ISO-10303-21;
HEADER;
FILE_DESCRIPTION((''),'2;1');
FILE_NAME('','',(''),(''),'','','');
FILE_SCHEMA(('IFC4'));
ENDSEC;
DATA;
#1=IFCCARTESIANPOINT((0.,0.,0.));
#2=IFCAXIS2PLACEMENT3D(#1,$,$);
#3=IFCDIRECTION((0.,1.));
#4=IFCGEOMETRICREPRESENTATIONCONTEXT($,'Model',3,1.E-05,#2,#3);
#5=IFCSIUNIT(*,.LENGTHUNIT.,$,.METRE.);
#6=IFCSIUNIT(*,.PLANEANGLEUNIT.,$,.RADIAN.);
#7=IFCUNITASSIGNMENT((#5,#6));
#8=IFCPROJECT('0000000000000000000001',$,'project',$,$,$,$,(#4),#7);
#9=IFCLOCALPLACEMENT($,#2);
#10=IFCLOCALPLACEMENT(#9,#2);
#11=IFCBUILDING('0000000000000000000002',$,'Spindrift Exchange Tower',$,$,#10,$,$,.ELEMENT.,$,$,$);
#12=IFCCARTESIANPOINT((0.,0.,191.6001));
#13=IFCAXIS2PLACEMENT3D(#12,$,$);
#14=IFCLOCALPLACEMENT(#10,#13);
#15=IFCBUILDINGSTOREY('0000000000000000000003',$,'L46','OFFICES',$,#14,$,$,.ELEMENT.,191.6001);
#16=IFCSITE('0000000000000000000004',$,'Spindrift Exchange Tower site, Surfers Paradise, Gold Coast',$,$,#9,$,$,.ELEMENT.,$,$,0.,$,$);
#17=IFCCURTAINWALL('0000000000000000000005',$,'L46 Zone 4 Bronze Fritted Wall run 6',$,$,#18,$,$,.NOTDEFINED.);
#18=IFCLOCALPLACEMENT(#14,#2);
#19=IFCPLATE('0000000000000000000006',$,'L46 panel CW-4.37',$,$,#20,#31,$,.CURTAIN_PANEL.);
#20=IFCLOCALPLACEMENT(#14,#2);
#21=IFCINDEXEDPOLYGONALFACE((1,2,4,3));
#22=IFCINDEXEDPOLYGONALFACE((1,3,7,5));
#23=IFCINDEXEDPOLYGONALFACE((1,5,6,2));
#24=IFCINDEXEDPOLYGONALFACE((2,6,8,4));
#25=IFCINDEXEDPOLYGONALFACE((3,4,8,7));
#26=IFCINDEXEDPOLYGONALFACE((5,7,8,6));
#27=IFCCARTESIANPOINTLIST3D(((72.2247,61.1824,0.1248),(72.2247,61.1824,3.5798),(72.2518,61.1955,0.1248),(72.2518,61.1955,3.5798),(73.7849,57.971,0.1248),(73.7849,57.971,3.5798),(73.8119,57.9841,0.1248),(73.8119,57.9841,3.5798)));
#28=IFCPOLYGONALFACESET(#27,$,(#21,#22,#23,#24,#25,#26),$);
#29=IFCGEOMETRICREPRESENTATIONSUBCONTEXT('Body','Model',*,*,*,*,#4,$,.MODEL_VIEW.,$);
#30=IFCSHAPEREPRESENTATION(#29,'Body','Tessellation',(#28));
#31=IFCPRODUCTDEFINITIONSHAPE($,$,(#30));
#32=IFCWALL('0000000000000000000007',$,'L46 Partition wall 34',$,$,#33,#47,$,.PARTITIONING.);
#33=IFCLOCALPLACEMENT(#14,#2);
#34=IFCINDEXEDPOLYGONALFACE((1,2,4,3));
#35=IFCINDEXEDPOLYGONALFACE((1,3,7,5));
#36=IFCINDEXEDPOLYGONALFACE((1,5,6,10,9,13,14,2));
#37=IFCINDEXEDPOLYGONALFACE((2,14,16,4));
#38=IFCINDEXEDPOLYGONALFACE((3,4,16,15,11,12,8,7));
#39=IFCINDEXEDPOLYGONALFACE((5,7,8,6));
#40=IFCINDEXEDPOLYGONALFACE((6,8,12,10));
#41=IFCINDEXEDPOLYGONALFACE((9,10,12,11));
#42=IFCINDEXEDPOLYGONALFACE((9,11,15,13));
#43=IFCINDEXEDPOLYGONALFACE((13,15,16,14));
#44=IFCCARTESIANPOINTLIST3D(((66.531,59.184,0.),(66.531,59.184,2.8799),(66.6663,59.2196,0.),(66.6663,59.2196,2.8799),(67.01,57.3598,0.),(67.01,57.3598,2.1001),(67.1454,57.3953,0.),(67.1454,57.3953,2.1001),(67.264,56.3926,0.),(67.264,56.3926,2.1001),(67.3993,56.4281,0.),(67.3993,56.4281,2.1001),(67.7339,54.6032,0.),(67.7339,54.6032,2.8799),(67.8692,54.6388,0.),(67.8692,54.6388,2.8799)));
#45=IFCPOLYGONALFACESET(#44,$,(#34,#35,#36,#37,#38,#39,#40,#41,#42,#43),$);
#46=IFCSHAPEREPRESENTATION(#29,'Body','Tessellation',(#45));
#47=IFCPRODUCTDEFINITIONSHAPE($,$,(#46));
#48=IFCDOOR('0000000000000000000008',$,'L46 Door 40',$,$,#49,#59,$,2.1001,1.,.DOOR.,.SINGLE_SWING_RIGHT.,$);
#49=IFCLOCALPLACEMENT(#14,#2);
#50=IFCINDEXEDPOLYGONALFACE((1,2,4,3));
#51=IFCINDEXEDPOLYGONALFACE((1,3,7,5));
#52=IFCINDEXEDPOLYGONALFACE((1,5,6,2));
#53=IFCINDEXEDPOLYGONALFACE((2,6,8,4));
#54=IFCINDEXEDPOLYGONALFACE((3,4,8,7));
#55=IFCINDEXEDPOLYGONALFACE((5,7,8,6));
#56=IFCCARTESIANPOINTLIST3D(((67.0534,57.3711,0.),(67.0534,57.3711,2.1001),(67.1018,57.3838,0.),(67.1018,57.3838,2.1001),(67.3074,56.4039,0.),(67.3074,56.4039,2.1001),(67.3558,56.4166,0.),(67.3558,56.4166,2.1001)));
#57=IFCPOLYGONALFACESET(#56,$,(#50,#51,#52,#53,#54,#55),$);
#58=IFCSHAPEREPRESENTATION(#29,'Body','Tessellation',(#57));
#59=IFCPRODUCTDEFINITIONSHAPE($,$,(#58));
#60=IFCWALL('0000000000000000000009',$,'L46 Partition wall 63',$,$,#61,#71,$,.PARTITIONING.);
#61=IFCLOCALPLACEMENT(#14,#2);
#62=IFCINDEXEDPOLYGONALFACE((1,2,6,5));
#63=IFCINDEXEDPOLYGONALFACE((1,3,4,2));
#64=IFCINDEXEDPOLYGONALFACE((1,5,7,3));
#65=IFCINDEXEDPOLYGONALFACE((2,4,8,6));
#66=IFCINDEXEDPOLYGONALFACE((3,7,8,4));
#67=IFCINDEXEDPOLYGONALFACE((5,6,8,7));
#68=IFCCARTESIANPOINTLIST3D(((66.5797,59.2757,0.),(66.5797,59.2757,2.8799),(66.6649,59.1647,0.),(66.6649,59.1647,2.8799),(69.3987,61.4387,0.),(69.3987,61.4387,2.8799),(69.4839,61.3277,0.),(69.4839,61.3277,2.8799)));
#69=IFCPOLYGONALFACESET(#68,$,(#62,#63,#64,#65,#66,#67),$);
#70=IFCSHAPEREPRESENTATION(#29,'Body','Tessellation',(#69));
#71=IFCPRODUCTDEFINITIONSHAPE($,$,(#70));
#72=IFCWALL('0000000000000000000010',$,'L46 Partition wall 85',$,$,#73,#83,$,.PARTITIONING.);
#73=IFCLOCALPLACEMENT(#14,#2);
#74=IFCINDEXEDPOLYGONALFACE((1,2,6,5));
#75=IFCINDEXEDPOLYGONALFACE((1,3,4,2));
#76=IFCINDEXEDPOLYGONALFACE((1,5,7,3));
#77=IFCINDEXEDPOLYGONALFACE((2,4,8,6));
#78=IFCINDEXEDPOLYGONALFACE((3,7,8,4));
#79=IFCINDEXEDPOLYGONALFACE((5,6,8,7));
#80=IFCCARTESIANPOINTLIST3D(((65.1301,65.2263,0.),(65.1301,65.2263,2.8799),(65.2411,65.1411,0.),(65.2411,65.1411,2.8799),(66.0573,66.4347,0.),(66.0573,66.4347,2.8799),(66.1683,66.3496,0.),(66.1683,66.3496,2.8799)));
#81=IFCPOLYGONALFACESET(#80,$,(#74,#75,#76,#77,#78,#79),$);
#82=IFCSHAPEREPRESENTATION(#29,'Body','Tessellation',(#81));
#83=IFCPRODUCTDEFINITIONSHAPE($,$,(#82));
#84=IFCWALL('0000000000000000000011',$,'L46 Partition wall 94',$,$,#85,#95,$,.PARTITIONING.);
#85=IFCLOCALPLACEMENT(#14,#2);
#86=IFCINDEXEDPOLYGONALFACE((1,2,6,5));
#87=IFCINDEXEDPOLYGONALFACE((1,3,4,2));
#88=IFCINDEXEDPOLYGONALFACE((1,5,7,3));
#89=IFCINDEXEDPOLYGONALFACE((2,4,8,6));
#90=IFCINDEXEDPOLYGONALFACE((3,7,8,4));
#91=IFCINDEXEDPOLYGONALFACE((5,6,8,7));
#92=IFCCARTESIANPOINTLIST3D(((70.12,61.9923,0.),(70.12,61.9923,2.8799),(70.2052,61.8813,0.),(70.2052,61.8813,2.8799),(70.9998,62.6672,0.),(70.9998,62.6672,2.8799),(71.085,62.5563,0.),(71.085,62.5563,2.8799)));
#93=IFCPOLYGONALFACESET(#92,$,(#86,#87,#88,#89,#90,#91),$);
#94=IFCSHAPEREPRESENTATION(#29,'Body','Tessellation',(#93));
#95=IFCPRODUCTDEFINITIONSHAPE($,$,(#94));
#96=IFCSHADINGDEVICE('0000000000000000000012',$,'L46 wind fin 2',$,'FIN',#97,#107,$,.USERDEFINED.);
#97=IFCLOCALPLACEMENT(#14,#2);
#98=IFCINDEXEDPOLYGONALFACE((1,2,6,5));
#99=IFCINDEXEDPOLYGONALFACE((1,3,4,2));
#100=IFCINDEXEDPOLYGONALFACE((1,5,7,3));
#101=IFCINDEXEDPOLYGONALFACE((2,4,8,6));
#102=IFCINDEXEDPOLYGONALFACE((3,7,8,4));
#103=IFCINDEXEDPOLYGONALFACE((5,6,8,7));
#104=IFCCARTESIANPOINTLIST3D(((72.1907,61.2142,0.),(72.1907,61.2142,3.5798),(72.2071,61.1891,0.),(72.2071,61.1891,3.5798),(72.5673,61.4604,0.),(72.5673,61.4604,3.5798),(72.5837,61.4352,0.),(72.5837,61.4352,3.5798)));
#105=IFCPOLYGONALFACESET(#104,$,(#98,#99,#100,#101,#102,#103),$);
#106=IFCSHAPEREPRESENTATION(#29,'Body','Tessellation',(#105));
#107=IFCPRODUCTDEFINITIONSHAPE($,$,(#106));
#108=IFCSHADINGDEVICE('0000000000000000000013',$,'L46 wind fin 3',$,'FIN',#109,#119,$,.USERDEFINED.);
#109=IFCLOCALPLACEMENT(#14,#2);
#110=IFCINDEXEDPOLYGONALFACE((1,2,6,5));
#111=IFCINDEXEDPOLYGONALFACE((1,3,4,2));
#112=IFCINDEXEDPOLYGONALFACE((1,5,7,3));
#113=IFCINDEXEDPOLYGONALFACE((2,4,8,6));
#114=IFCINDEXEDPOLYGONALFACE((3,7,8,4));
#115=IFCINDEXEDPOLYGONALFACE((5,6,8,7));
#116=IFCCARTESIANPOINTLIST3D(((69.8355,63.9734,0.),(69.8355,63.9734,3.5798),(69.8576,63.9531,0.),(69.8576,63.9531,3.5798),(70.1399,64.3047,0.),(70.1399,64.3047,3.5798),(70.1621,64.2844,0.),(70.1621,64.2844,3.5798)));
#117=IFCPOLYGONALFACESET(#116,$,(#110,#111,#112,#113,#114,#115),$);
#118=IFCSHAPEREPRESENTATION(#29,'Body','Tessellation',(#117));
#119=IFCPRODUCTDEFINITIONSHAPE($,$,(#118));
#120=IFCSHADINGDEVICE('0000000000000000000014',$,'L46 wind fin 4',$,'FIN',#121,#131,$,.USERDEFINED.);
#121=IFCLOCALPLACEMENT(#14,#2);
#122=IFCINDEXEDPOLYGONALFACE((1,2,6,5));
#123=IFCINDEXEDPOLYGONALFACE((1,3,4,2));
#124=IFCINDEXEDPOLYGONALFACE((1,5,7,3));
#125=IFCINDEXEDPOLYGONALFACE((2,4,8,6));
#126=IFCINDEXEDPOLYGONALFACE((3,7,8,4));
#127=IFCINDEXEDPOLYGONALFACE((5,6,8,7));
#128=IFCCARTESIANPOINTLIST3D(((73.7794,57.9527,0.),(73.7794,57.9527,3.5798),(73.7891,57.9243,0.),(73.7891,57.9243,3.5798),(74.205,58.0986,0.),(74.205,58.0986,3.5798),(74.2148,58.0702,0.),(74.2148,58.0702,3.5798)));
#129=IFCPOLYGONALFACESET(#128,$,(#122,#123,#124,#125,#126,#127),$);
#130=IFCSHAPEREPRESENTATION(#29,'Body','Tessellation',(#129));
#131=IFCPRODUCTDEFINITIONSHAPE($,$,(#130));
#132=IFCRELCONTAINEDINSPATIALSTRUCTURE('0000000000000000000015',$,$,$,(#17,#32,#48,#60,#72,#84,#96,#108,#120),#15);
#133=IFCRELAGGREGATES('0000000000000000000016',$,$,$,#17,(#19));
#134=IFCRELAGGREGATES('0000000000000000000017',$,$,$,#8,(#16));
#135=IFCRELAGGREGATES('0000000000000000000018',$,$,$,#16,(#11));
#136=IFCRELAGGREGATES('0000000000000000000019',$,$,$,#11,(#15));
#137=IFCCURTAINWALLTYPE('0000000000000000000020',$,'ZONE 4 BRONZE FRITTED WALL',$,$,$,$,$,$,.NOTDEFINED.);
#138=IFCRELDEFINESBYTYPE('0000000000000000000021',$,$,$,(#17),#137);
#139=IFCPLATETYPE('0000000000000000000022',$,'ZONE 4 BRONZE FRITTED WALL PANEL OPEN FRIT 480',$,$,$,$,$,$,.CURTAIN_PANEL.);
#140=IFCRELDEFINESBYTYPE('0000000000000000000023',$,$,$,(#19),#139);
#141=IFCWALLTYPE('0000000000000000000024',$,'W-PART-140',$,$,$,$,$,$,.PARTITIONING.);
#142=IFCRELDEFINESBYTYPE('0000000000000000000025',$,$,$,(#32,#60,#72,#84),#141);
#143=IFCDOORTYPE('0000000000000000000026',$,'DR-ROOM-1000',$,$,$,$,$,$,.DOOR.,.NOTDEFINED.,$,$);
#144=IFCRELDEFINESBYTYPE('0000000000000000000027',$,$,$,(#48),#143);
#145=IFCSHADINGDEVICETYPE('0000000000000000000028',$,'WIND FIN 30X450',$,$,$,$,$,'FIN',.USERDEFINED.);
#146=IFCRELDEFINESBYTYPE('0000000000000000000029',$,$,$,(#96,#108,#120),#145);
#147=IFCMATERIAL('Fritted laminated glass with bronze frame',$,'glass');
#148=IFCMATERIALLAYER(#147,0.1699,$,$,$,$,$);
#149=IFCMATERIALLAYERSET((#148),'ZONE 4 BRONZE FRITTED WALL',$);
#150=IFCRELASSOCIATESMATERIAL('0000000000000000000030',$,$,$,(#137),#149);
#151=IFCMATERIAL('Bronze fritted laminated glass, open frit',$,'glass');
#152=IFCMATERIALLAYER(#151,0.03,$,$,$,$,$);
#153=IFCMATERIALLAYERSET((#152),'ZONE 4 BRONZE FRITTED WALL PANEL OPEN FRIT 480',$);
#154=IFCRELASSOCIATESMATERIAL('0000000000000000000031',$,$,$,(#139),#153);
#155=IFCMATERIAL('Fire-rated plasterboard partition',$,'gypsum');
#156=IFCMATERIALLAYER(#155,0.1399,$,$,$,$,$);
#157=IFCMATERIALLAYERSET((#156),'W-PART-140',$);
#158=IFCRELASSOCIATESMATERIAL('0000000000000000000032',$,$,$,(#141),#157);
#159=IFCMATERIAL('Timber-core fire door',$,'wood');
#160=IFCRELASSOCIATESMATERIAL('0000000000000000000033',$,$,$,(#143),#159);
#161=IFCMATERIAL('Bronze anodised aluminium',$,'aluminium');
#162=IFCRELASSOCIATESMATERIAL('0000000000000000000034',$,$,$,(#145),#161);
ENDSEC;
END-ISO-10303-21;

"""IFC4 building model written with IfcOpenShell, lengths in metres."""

from ifc_helpers import new_model, si_unit, direction, frame, frame_2d, origin, origin_2d, place, context, subcontext, project, spatial, rectangle, extrude, source, transform, mapped, material, layer, layer_set, material_profile, profile_set, type_object, element, fill, aggregate, save


model = new_model("IFC4")

# Units and contexts
model_context = context("Model", 3, precision=1e-05, world=origin(), true_north=direction((0.0, 1.0)))
body_context = subcontext(model_context, "Body", "Model", "MODEL_VIEW")
ifc_project = project(units=[si_unit("LENGTHUNIT", "METRE"), si_unit("PLANEANGLEUNIT", "RADIAN")], contexts=[model_context])

# Site, building, storey
site_placement = place(None, origin())
site = spatial("IfcSite", under=ifc_project, at=site_placement, Name="Spindrift Exchange Tower site, Surfers Paradise, Gold Coast", CompositionType="ELEMENT", RefElevation=0.0)
building_placement = place(site_placement, origin())
building = spatial("IfcBuilding", under=site, at=building_placement, Name="Spindrift Exchange Tower", CompositionType="ELEMENT")
storey_placement = place(building_placement, frame((0.0, 0.0, 191.6001)))
storey = spatial("IfcBuildingStorey", under=building, at=storey_placement, Name="L46", Description="OFFICES", CompositionType="ELEMENT", Elevation=191.6001)

# Shared definitions
ifc_material_1 = material(Name="Fritted laminated glass with bronze frame", Category="glass")
ifc_layer_1 = layer(ifc_material_1, 0.1699)
ifc_layer_set_1 = layer_set([ifc_layer_1], Name="ZONE 4 BRONZE FRITTED WALL")
curtain_wall_type = type_object("IfcCurtainWallType", Name="ZONE 4 BRONZE FRITTED WALL", PredefinedType="NOTDEFINED", material=ifc_layer_set_1)
ifc_material_2 = material(Name="Bronze anodised aluminium", Category="aluminium")
ifc_material_3 = material(Name="Bronze fritted laminated glass, open frit", Category="glass")
ifc_layer_2 = layer(ifc_material_3, 0.03)
ifc_layer_set_2 = layer_set([ifc_layer_2], Name="ZONE 4 BRONZE FRITTED WALL PANEL OPEN FRIT 480")
plate_type_1 = type_object("IfcPlateType", Name="ZONE 4 BRONZE FRITTED WALL PANEL OPEN FRIT 480", PredefinedType="CURTAIN_PANEL", material=ifc_layer_set_2)

# Curtain wall, plate
curtain_wall_1_placement = place(storey_placement, origin())
curtain_wall_1 = element("IfcCurtainWall", 1, at=curtain_wall_1_placement, inside=storey, type_object=curtain_wall_type, Name="L46 Zone 4 Bronze Fritted Wall run 6", PredefinedType="NOTDEFINED")
shared_shape_1 = source(origin(), body_context, "Body", "SweptSolid", [
    extrude(rectangle(XDim=3.5703, YDim=0.03, at=origin_2d()), origin(), (0.0, 0.0, 1.0), 3.4551),
])
plate_1_placement = place(storey_placement, frame((73.0183, 59.5833, 0.1248), z_axis=(0.0, 0.0, 1.0), x_axis=(-0.436973, 0.899475, 0.0)))
plate_1 = element("IfcPlate", 2, at=plate_1_placement, type_object=plate_type_1, Name="L46 panel CW-4.37", PredefinedType="CURTAIN_PANEL", context=body_context, shape_type="MappedRepresentation", body=[
    mapped(shared_shape_1, transform((0.0, 0.0, 0.0), scale=1.0)),
])
aggregate(curtain_wall_1, [plate_1])

# Wall, opening, door
ifc_material_4 = material(Name="Fire-rated plasterboard partition", Category="gypsum")
ifc_layer_3 = layer(ifc_material_4, 0.1399)
ifc_layer_set_3 = layer_set([ifc_layer_3], Name="W-PART-140")
wall_type = type_object("IfcWallType", Name="W-PART-140", PredefinedType="PARTITIONING", material=ifc_layer_set_3)
wall_1_placement = place(storey_placement, frame((66.5986, 59.2019, 0.0), z_axis=(0.0, 0.0, 1.0), x_axis=(0.253981, -0.967209, 0.0)))
wall_1 = element("IfcWall", 3, at=wall_1_placement, inside=storey, type_object=wall_type, Name="L46 Partition wall 34", PredefinedType="PARTITIONING", context=body_context, shape_type="SweptSolid", body=[
    extrude(rectangle(XDim=4.7361, YDim=0.1399, at=frame_2d((2.3682, 0.0))), origin(), (0.0, 0.0, 1.0), 2.8799),
])
opening_placement = place(wall_1_placement, frame((1.8862, 0.0, 0.0)))
opening = element("IfcOpeningElement", 4, at=opening_placement, cuts=wall_1, PredefinedType="OPENING", context=body_context, shape_type="SweptSolid", body=[
    extrude(rectangle(XDim=1.0, YDim=2.1001, at=frame_2d((0.5, 1.05))), frame((0.0, 0.0798, 0.0), z_axis=(0.0, -1.0, 0.0), x_axis=(1.0, 0.0, 0.0)), (0.0, 0.0, 1.0), 0.1599),
])
ifc_material_5 = material(Name="Timber-core fire door", Category="wood")
door_type = type_object("IfcDoorType", Name="DR-ROOM-1000", OperationType="NOTDEFINED", PredefinedType="DOOR", material=ifc_material_5)
shared_shape_2 = source(origin(), body_context, "Body", "SweptSolid", [
    extrude(rectangle(XDim=1.0, YDim=2.1001, at=frame_2d((0.5, 1.05))), frame((0.0, 0.0249, 0.0), z_axis=(0.0, -1.0, 0.0), x_axis=(1.0, 0.0, 0.0)), (0.0, 0.0, 1.0), 0.05),
])
door_placement = place(opening_placement, origin())
door = element("IfcDoor", 5, at=door_placement, inside=storey, type_object=door_type, Name="L46 Door 40", OperationType="SINGLE_SWING_RIGHT", OverallHeight=2.1001, OverallWidth=1.0, PredefinedType="DOOR", context=body_context, shape_type="MappedRepresentation", body=[
    mapped(shared_shape_2, transform((0.0, 0.0, 0.0), scale=1.0)),
])
fill(opening, door)

# Walls
wall_2_placement = place(storey_placement, frame((66.6223, 59.2202, 0.0), z_axis=(0.0, 0.0, 1.0), x_axis=(0.793364, 0.608747, 0.0)))
element("IfcWall", 6, at=wall_2_placement, inside=storey, type_object=wall_type, Name="L46 Partition wall 63", PredefinedType="PARTITIONING", context=body_context, shape_type="SweptSolid", body=[
    extrude(rectangle(XDim=3.5532, YDim=0.1399, at=frame_2d((1.7766, 0.0))), origin(), (0.0, 0.0, 1.0), 2.8799),
])
wall_3_placement = place(storey_placement, frame((65.1855, 65.1836, 0.0), z_axis=(0.0, 0.0, 1.0), x_axis=(0.608734, 0.793374, 0.0)))
element("IfcWall", 7, at=wall_3_placement, inside=storey, type_object=wall_type, Name="L46 Partition wall 85", PredefinedType="PARTITIONING", context=body_context, shape_type="SweptSolid", body=[
    extrude(rectangle(XDim=1.5232, YDim=0.1399, at=frame_2d((0.7617, 0.0))), origin(), (0.0, 0.0, 1.0), 2.8799),
])
wall_4_placement = place(storey_placement, frame((70.1626, 61.9368, 0.0), z_axis=(0.0, 0.0, 1.0), x_axis=(0.793401, 0.6087, 0.0)))
element("IfcWall", 8, at=wall_4_placement, inside=storey, type_object=wall_type, Name="L46 Partition wall 94", PredefinedType="PARTITIONING", context=body_context, shape_type="SweptSolid", body=[
    extrude(rectangle(XDim=1.1089, YDim=0.1399, at=frame_2d((0.5544, 0.0))), origin(), (0.0, 0.0, 1.0), 2.8799),
])

# Shading devices
ifc_material_profile_1 = material_profile(ifc_material_2, rectangle(XDim=0.03, YDim=0.45, at=origin_2d()), Name="WIND FIN 30X450")
ifc_profile_set_1 = profile_set([ifc_material_profile_1], Name="Bronze anodised aluminium")
shading_device_type = type_object("IfcShadingDeviceType", Name="WIND FIN 30X450", ElementType="FIN", PredefinedType="USERDEFINED", material=ifc_profile_set_1)
shared_shape_3 = source(origin(), body_context, "Body", "SweptSolid", [
    extrude(rectangle(XDim=0.03, YDim=0.45, at=origin_2d()), origin(), (0.0, 0.0, 1.0), 3.5798),
])
for number, where, z_axis, x_axis, name in (
    (9, (72.3872, 61.3247, 0.0), (0.0, 0.0, 1.0), (-0.5471, 0.837067, 0.0), "L46 wind fin 2"),
    (10, (69.9988, 64.1289, 0.0), (0.0, 0.0, 1.0), (-0.736324, 0.676629, 0.0), "L46 wind fin 3"),
    (11, (73.9971, 58.0115, 0.0), (0.0, 0.0, 1.0), (-0.324198, 0.945989, 0.0), "L46 wind fin 4"),
):
    element("IfcShadingDevice", number, at=place(storey_placement, frame(where, z_axis=z_axis, x_axis=x_axis)), inside=storey, type_object=shading_device_type, Name=name, ObjectType="FIN", PredefinedType="USERDEFINED", context=body_context, shape_type="MappedRepresentation", body=[
        mapped(shared_shape_3, transform((0.0, 0.0, 0.0), scale=1.0)),
    ])

save(model, "model.ifc")
